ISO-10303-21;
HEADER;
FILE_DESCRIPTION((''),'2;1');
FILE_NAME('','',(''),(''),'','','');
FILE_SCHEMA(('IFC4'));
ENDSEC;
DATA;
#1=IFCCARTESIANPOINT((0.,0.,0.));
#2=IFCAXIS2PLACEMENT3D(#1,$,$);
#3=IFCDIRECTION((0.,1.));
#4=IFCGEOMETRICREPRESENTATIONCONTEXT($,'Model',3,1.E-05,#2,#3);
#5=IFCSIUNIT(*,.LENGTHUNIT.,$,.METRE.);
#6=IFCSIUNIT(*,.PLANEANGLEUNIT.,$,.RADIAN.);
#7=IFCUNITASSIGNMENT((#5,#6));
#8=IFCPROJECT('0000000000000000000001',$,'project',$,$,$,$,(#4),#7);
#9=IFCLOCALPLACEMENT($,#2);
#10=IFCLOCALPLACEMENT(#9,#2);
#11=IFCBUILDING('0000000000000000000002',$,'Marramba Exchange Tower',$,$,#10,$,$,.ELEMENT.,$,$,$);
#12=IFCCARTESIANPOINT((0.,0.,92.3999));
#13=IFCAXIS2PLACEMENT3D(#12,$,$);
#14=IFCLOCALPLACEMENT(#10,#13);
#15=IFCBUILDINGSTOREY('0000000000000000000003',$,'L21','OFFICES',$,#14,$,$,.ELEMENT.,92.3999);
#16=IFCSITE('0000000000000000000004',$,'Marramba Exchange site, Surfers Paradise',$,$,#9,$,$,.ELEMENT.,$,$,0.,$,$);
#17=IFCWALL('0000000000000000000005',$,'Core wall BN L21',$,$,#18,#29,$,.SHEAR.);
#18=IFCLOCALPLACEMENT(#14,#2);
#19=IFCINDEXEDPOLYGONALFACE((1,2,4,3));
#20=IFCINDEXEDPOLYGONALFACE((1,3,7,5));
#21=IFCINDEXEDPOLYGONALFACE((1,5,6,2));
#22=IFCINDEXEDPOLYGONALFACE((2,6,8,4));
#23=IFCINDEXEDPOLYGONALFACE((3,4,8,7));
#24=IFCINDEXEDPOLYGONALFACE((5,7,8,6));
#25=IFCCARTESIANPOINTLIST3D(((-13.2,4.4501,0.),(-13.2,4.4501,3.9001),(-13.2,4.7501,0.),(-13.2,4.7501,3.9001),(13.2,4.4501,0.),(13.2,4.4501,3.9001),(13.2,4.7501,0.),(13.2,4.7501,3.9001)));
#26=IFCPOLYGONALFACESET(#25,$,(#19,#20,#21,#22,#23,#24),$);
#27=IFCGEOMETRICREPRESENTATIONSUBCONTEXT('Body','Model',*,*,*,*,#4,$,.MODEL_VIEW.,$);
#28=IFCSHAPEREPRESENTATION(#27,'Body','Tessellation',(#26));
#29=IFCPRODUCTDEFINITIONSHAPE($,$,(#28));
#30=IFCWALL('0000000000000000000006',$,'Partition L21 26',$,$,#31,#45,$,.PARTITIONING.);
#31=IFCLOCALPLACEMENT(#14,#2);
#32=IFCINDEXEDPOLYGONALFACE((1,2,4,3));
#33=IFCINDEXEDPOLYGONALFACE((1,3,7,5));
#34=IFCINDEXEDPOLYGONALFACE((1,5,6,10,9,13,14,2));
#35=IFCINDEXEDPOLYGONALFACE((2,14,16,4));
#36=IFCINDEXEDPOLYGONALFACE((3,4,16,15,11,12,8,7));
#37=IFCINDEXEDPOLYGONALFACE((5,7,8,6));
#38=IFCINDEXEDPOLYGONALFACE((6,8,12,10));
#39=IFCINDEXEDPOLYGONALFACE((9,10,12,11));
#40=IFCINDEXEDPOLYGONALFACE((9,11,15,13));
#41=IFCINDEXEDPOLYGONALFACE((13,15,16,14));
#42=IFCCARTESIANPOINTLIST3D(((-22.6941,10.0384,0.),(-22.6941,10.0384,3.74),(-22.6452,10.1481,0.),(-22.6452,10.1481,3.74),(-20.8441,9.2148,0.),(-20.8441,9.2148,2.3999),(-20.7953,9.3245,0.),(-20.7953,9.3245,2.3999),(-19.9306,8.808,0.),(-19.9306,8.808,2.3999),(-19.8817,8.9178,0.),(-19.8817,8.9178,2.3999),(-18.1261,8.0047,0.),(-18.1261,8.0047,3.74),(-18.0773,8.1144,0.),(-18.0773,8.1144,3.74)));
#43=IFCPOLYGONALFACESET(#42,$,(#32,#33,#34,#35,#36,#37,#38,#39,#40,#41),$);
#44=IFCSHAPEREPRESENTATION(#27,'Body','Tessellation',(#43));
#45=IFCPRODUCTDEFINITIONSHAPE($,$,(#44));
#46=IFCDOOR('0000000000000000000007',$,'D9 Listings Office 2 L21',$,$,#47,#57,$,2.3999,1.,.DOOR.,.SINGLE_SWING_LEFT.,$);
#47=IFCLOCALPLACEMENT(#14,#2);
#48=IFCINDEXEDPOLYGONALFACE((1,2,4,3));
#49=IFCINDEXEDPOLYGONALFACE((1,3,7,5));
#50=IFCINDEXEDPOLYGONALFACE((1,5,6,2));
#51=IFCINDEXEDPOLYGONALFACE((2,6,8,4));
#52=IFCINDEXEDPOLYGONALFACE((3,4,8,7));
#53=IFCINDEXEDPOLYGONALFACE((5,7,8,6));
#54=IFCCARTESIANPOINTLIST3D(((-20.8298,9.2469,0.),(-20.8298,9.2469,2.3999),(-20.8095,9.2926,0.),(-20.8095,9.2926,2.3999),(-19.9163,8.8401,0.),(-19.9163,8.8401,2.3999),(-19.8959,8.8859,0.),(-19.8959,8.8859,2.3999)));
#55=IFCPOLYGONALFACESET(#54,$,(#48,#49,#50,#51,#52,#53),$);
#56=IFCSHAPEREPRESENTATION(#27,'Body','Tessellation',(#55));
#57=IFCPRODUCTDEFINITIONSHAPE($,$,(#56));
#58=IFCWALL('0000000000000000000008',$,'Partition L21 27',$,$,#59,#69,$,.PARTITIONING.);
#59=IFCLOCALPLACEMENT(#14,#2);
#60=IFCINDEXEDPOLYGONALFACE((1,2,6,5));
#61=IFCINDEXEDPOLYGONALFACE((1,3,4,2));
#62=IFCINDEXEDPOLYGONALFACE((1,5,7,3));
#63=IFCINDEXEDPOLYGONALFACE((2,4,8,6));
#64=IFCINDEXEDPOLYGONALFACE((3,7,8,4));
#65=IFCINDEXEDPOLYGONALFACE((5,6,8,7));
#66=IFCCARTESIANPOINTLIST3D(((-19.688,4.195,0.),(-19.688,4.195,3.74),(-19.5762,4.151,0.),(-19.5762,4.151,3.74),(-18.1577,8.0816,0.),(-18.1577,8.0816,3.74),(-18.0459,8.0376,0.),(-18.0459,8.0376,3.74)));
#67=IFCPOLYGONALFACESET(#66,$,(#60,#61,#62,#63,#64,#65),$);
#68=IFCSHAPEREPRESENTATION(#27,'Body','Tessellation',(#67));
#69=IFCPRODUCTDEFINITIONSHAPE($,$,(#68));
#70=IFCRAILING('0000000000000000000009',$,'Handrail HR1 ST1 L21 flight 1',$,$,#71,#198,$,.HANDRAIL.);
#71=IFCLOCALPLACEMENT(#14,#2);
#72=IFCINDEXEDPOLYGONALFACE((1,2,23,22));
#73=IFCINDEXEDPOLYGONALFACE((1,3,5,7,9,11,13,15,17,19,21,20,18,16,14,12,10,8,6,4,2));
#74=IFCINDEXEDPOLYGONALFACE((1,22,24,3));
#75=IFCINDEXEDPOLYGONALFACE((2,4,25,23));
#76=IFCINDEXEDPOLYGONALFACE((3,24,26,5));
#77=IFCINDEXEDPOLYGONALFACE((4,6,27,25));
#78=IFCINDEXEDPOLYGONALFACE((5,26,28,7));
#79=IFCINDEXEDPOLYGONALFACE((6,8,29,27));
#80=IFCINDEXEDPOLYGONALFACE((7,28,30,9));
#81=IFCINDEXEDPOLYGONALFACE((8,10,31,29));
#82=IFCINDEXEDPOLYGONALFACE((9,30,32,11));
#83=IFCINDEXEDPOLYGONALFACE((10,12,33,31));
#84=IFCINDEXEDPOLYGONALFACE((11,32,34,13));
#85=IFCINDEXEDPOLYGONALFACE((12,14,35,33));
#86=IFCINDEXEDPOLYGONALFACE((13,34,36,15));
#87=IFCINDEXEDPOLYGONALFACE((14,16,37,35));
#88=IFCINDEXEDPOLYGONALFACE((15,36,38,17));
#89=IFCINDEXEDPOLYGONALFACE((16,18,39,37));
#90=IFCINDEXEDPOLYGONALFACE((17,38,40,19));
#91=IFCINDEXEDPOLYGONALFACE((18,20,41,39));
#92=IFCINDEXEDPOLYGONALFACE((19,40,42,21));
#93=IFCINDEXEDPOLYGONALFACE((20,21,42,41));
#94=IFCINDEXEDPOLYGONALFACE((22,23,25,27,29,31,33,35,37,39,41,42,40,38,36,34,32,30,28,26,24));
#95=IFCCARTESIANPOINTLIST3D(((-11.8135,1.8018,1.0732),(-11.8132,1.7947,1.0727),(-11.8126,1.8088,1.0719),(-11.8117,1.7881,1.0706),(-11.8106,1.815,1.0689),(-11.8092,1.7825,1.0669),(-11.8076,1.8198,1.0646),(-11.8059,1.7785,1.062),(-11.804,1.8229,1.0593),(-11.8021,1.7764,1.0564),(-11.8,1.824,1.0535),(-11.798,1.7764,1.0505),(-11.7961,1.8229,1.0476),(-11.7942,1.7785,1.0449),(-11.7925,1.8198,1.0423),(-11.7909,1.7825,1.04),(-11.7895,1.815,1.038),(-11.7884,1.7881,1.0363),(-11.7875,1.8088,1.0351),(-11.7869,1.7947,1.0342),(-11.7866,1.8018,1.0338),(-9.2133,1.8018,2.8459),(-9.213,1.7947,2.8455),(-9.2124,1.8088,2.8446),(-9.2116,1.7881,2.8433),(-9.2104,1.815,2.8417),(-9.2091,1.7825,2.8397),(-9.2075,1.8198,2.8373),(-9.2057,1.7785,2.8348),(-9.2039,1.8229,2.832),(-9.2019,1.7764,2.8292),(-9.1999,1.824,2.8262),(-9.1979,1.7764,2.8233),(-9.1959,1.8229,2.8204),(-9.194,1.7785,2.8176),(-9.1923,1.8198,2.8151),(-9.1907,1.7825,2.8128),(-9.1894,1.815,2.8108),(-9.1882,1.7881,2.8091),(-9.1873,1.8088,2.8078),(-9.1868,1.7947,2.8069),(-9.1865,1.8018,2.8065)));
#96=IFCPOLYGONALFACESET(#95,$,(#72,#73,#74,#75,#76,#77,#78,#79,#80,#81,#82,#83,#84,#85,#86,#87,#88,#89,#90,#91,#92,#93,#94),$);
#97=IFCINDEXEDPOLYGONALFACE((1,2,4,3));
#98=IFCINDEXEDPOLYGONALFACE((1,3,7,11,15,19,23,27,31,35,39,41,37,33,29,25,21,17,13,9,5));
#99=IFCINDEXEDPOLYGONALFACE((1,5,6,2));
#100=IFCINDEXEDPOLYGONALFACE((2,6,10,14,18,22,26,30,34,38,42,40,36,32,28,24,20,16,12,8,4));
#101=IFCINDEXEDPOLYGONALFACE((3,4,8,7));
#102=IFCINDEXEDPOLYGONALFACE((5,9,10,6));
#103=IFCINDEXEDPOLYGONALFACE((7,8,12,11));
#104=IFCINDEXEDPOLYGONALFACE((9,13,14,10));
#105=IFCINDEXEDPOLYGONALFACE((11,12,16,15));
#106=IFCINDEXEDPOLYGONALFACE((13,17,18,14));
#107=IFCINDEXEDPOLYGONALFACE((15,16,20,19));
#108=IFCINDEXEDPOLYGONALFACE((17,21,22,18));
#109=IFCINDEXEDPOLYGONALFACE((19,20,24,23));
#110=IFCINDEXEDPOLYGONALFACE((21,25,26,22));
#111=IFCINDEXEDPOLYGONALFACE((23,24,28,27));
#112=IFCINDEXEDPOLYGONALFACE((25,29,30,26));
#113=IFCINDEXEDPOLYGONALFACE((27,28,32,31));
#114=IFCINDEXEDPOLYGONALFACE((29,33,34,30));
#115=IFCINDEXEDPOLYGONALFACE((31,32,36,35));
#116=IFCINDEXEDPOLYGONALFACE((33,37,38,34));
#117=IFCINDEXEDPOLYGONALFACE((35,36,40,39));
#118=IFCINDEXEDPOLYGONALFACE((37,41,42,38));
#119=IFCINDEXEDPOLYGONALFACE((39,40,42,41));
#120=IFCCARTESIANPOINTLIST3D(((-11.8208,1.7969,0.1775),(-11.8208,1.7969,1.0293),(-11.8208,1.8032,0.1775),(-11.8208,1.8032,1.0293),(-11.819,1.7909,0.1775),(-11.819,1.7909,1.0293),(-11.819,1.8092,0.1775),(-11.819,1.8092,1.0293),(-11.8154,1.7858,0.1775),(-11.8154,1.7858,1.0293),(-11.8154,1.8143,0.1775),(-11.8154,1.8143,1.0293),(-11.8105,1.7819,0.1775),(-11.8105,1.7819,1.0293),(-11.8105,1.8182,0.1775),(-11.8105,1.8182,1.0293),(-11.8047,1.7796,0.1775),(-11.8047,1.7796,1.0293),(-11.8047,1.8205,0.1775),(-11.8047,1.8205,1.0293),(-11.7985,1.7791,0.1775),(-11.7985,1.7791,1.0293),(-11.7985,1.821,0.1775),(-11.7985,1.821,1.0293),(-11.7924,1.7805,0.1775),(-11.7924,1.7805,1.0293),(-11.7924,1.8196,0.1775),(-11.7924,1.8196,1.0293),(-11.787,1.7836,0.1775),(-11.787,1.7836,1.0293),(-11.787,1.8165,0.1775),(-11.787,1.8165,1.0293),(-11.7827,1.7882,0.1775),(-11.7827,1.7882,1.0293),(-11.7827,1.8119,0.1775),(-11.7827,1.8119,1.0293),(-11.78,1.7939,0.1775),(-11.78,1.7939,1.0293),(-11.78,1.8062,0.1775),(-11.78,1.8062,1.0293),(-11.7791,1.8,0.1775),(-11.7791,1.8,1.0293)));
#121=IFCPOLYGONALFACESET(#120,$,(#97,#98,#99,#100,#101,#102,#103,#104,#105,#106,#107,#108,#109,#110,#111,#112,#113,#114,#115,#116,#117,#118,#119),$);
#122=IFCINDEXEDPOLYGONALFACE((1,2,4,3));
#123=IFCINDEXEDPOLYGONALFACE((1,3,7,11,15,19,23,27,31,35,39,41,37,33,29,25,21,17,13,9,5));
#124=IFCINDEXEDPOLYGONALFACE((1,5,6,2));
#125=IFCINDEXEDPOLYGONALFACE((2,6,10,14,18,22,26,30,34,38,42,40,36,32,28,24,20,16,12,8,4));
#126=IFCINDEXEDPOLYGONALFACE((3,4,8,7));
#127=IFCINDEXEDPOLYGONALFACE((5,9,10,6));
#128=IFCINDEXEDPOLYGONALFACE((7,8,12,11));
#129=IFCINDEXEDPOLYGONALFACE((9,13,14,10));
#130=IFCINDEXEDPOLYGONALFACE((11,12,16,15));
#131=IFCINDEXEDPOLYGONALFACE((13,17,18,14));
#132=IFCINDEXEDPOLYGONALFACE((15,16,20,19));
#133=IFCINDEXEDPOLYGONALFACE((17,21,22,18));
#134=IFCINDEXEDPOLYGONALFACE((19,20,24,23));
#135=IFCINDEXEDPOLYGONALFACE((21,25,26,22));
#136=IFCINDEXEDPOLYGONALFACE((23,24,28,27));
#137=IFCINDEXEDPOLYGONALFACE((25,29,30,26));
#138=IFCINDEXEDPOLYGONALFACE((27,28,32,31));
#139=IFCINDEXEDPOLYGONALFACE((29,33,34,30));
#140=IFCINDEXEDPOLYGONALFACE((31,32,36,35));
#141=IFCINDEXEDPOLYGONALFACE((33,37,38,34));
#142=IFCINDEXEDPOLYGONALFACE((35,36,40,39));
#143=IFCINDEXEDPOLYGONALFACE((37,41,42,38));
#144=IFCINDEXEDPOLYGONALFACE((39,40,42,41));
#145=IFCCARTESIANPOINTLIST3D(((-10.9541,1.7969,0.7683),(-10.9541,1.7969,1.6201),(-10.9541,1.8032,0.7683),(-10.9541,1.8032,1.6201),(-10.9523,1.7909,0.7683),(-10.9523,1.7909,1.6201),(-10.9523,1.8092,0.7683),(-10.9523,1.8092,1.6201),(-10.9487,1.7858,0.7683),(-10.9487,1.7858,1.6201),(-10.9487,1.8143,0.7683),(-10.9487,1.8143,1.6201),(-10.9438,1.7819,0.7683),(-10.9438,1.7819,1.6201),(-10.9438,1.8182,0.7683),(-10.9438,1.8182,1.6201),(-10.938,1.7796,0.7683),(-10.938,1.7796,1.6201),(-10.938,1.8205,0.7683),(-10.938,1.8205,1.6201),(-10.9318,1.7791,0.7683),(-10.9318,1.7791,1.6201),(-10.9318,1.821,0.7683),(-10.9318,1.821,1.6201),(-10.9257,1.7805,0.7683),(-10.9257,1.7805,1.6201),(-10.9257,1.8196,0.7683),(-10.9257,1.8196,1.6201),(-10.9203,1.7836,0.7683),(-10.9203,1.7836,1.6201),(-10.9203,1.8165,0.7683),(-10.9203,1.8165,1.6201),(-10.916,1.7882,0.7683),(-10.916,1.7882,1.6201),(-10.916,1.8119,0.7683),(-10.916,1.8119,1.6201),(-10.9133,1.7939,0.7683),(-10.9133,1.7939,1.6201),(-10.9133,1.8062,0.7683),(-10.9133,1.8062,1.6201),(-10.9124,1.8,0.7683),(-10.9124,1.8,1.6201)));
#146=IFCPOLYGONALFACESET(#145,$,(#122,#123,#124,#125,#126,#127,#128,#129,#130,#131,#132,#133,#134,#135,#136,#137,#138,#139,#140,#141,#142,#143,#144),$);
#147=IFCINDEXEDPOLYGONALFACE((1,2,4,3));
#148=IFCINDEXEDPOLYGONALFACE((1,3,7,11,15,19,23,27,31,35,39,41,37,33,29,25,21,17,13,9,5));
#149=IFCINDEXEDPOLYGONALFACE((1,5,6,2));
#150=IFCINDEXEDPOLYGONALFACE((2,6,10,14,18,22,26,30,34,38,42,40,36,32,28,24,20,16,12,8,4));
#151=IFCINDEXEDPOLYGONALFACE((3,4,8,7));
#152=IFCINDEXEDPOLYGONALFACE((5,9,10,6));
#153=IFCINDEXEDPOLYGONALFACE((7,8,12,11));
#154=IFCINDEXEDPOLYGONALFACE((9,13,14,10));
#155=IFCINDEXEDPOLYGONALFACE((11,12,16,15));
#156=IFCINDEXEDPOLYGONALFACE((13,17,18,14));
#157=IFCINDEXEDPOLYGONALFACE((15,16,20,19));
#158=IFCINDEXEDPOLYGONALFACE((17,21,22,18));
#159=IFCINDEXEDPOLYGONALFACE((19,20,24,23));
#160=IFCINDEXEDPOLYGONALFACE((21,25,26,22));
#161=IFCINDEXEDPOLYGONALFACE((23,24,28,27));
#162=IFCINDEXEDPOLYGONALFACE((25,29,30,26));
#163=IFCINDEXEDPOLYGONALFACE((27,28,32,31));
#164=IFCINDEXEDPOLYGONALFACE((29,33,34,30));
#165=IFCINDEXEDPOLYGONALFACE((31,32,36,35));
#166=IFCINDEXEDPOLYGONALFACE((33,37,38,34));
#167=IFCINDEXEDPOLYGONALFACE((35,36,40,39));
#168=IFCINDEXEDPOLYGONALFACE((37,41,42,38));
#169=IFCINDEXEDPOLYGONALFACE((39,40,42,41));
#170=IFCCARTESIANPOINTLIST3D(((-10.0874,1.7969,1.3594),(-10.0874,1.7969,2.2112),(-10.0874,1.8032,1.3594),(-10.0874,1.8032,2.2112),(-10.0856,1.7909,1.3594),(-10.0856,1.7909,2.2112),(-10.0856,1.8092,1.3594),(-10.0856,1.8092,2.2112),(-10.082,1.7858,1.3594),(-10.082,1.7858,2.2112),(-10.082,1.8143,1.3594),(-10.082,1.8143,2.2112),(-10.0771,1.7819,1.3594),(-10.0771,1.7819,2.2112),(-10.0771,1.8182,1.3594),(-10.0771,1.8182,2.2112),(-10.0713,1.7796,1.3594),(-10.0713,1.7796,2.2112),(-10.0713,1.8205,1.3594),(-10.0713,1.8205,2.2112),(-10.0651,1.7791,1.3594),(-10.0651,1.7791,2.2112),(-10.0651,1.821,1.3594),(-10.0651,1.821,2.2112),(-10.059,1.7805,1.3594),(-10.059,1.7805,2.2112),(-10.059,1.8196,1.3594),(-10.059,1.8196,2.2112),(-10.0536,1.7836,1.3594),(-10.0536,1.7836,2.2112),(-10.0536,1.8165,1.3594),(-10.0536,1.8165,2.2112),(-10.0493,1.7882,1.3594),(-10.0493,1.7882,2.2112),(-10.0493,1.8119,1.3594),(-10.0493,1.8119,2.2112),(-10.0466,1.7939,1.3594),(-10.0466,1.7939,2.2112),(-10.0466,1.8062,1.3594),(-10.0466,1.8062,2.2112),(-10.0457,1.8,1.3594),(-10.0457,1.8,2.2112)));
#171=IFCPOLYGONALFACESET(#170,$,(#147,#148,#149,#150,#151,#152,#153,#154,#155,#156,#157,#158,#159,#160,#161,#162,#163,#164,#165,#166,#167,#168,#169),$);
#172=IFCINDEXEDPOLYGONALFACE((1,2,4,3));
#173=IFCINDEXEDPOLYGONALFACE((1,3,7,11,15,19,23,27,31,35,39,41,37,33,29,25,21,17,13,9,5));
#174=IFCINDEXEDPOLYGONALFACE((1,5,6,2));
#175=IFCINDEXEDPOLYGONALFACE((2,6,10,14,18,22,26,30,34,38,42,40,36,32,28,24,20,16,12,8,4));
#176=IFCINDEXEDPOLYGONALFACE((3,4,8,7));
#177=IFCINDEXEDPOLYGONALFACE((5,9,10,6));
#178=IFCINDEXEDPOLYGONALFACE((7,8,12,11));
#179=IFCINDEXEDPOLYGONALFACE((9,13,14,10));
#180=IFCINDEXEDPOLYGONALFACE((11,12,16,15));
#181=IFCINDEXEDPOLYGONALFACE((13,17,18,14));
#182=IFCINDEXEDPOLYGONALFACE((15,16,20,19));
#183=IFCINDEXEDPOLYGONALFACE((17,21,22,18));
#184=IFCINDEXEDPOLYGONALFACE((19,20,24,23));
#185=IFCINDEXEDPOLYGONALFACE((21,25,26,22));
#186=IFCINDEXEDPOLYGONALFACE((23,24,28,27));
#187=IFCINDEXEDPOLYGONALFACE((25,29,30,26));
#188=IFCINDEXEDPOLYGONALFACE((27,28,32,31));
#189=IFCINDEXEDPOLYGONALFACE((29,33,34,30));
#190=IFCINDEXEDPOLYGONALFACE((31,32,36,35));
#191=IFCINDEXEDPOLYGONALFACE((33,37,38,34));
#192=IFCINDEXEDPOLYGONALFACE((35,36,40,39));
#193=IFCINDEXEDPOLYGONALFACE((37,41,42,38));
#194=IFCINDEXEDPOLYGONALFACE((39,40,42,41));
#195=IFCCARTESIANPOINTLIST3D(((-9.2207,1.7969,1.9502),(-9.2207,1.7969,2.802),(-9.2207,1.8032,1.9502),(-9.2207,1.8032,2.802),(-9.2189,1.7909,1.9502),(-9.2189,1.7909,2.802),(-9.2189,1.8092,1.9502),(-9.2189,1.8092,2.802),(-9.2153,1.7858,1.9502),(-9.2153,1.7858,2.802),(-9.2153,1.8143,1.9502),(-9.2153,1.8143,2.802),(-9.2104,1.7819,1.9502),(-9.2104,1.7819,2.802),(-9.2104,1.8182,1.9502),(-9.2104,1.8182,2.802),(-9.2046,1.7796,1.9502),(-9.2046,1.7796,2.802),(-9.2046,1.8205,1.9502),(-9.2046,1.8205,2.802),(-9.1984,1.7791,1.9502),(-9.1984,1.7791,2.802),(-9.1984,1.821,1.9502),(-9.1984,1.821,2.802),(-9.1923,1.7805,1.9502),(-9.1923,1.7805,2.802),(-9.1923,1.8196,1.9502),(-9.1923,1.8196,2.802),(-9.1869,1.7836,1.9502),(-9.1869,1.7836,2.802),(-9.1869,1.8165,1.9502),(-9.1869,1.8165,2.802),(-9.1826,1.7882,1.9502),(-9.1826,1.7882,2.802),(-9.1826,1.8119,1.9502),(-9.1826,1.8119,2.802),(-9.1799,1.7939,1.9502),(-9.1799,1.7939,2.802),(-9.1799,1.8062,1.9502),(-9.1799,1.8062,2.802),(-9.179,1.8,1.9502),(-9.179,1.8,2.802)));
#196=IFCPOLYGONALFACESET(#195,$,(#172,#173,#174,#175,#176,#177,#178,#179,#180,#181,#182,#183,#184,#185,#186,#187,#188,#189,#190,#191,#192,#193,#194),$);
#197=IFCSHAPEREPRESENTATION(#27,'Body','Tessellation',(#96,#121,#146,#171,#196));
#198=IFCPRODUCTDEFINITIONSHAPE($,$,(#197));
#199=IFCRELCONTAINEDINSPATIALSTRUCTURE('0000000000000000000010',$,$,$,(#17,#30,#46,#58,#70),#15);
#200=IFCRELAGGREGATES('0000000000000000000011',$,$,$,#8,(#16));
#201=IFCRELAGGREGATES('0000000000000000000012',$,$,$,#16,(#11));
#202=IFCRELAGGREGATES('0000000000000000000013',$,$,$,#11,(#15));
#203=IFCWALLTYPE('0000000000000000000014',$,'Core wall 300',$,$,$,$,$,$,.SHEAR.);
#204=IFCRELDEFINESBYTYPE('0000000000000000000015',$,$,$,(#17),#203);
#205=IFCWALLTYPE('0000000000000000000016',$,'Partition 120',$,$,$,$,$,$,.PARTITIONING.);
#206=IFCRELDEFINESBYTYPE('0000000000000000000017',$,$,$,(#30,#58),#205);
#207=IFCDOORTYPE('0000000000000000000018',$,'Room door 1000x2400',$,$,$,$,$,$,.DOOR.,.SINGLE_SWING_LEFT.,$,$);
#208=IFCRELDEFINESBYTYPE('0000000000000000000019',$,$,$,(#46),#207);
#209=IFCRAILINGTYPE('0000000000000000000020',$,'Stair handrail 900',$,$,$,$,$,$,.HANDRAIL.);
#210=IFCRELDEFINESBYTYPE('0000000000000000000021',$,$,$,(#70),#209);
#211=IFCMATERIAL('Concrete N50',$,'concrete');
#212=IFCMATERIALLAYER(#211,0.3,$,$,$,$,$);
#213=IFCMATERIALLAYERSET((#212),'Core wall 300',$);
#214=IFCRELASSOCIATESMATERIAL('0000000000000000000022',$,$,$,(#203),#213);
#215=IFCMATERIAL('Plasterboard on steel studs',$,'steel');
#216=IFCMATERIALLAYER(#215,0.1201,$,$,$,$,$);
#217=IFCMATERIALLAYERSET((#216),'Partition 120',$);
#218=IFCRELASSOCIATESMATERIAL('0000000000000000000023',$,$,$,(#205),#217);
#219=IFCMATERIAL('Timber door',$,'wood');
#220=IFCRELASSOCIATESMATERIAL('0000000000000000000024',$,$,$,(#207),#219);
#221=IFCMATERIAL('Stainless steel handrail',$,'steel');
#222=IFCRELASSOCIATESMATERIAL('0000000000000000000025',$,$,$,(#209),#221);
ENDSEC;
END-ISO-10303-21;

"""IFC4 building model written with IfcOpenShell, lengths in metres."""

from ifc_helpers import new_model, si_unit, direction, frame, frame_2d, origin, origin_2d, place, context, subcontext, project, spatial, rectangle, circle, extrude, material, layer, layer_set, type_object, element, fill, save


model = new_model("IFC4")

# Units and contexts
model_context = context("Model", 3, precision=1e-05, world=origin(), true_north=direction((0.0, 1.0)))
body_context = subcontext(model_context, "Body", "Model", "MODEL_VIEW")
ifc_project = project(units=[si_unit("LENGTHUNIT", "METRE"), si_unit("PLANEANGLEUNIT", "RADIAN")], contexts=[model_context])

# Site, building, storey
site_placement = place(None, origin())
site = spatial("IfcSite", under=ifc_project, at=site_placement, Name="Marramba Exchange site, Surfers Paradise", CompositionType="ELEMENT", RefElevation=0.0)
building_placement = place(site_placement, origin())
building = spatial("IfcBuilding", under=site, at=building_placement, Name="Marramba Exchange Tower", CompositionType="ELEMENT")
storey_placement = place(building_placement, frame((0.0, 0.0, 92.3999)))
storey = spatial("IfcBuildingStorey", under=building, at=storey_placement, Name="L21", Description="OFFICES", CompositionType="ELEMENT", Elevation=92.3999)

# Shared definitions
ifc_material_1 = material(Name="Concrete N50", Category="concrete")

# Shared definitions
ifc_layer_1 = layer(ifc_material_1, 0.3)
ifc_layer_set_1 = layer_set([ifc_layer_1], Name="Core wall 300")
wall_type_1 = type_object("IfcWallType", Name="Core wall 300", PredefinedType="SHEAR", material=ifc_layer_set_1)

# Wall
wall_1_placement = place(storey_placement, frame((-13.2, 4.6001, 0.0), z_axis=(0.0, 0.0, 1.0), x_axis=(1.0, 0.0, 0.0)))
element("IfcWall", 1, at=wall_1_placement, inside=storey, type_object=wall_type_1, Name="Core wall BN L21", PredefinedType="SHEAR", context=body_context, shape_type="SweptSolid", body=[
    extrude(rectangle(XDim=26.3999, YDim=0.3, at=frame_2d((13.2, 0.0))), origin(), (0.0, 0.0, 1.0), 3.9001),
])

# Wall, opening, door
ifc_material_2 = material(Name="Plasterboard on steel studs", Category="steel")
ifc_layer_2 = layer(ifc_material_2, 0.1201)
ifc_layer_set_2 = layer_set([ifc_layer_2], Name="Partition 120")
wall_type_2 = type_object("IfcWallType", Name="Partition 120", PredefinedType="PARTITIONING", material=ifc_layer_set_2)
wall_2_placement = place(storey_placement, frame((-18.1018, 8.0596, 0.0), z_axis=(0.0, 0.0, 1.0), x_axis=(-0.91355, 0.406727, 0.0)))
wall_2 = element("IfcWall", 2, at=wall_2_placement, inside=storey, type_object=wall_type_2, Name="Partition L21 26", PredefinedType="PARTITIONING", context=body_context, shape_type="SweptSolid", body=[
    extrude(rectangle(XDim=5.0002, YDim=0.1201, at=frame_2d((2.5, 0.0))), origin(), (0.0, 0.0, 1.0), 3.74),
])
opening_1_placement = place(wall_2_placement, frame((1.9751, 0.0, 0.0)))
opening_1 = element("IfcOpeningElement", 3, at=opening_1_placement, cuts=wall_2, PredefinedType="OPENING", context=body_context, shape_type="SweptSolid", body=[
    extrude(rectangle(XDim=1.0, YDim=2.3999, at=frame_2d((0.5, 1.2))), frame((0.0, 0.0701, 0.0), z_axis=(0.0, -1.0, 0.0), x_axis=(1.0, 0.0, 0.0)), (0.0, 0.0, 1.0), 0.1401),
])
ifc_material_3 = material(Name="Timber door", Category="wood")
door_type_1 = type_object("IfcDoorType", Name="Room door 1000x2400", OperationType="SINGLE_SWING_LEFT", PredefinedType="DOOR", material=ifc_material_3)
door_1_placement = place(opening_1_placement, origin())
door_1 = element("IfcDoor", 4, at=door_1_placement, inside=storey, type_object=door_type_1, Name="D9 Listings Office 2 L21", OperationType="SINGLE_SWING_LEFT", OverallHeight=2.3999, OverallWidth=1.0, PredefinedType="DOOR", context=body_context, shape_type="SweptSolid", body=[
    extrude(rectangle(XDim=1.0, YDim=2.3999, at=frame_2d((0.5, 1.2))), frame((0.0, 0.0249, 0.0), z_axis=(0.0, -1.0, 0.0), x_axis=(1.0, 0.0, 0.0)), (0.0, 0.0, 1.0), 0.05),
])
fill(opening_1, door_1)

# Wall
wall_3_placement = place(storey_placement, frame((-19.6321, 4.1731, 0.0), z_axis=(0.0, 0.0, 1.0), x_axis=(0.366367, 0.930471, 0.0)))
element("IfcWall", 5, at=wall_3_placement, inside=storey, type_object=wall_type_2, Name="Partition L21 27", PredefinedType="PARTITIONING", context=body_context, shape_type="SweptSolid", body=[
    extrude(rectangle(XDim=4.177, YDim=0.1201, at=frame_2d((2.0884, 0.0))), origin(), (0.0, 0.0, 1.0), 3.74),
])

# Railing
ifc_material_4 = material(Name="Stainless steel handrail", Category="steel")
railing_type = type_object("IfcRailingType", Name="Stair handrail 900", PredefinedType="HANDRAIL", material=ifc_material_4)
railing_placement = place(storey_placement, frame((-11.8, 1.8, 0.1775)))
element("IfcRailing", 6, at=railing_placement, inside=storey, type_object=railing_type, Name="Handrail HR1 ST1 L21 flight 1", PredefinedType="HANDRAIL", context=body_context, shape_type="SweptSolid", body=[
    extrude(circle(Radius=0.0239, at=origin_2d()), frame((0.0, 0.0, 0.876), z_axis=(0.82624, 0.0, 0.563318), x_axis=(0.0, 1.0, 0.0)), (0.0, 0.0, 1.0), 3.147),
    extrude(circle(Radius=0.021, at=origin_2d()), origin(), (0.0, 0.0, 1.0), 0.8518),
    extrude(circle(Radius=0.021, at=origin_2d()), frame((0.8667, 0.0, 0.5908)), (0.0, 0.0, 1.0), 0.8518),
    extrude(circle(Radius=0.021, at=origin_2d()), frame((1.7334, 0.0, 1.1819)), (0.0, 0.0, 1.0), 0.8518),
    extrude(circle(Radius=0.021, at=origin_2d()), frame((2.6001, 0.0, 1.7727)), (0.0, 0.0, 1.0), 0.8518),
])

save(model, "model.ifc")
